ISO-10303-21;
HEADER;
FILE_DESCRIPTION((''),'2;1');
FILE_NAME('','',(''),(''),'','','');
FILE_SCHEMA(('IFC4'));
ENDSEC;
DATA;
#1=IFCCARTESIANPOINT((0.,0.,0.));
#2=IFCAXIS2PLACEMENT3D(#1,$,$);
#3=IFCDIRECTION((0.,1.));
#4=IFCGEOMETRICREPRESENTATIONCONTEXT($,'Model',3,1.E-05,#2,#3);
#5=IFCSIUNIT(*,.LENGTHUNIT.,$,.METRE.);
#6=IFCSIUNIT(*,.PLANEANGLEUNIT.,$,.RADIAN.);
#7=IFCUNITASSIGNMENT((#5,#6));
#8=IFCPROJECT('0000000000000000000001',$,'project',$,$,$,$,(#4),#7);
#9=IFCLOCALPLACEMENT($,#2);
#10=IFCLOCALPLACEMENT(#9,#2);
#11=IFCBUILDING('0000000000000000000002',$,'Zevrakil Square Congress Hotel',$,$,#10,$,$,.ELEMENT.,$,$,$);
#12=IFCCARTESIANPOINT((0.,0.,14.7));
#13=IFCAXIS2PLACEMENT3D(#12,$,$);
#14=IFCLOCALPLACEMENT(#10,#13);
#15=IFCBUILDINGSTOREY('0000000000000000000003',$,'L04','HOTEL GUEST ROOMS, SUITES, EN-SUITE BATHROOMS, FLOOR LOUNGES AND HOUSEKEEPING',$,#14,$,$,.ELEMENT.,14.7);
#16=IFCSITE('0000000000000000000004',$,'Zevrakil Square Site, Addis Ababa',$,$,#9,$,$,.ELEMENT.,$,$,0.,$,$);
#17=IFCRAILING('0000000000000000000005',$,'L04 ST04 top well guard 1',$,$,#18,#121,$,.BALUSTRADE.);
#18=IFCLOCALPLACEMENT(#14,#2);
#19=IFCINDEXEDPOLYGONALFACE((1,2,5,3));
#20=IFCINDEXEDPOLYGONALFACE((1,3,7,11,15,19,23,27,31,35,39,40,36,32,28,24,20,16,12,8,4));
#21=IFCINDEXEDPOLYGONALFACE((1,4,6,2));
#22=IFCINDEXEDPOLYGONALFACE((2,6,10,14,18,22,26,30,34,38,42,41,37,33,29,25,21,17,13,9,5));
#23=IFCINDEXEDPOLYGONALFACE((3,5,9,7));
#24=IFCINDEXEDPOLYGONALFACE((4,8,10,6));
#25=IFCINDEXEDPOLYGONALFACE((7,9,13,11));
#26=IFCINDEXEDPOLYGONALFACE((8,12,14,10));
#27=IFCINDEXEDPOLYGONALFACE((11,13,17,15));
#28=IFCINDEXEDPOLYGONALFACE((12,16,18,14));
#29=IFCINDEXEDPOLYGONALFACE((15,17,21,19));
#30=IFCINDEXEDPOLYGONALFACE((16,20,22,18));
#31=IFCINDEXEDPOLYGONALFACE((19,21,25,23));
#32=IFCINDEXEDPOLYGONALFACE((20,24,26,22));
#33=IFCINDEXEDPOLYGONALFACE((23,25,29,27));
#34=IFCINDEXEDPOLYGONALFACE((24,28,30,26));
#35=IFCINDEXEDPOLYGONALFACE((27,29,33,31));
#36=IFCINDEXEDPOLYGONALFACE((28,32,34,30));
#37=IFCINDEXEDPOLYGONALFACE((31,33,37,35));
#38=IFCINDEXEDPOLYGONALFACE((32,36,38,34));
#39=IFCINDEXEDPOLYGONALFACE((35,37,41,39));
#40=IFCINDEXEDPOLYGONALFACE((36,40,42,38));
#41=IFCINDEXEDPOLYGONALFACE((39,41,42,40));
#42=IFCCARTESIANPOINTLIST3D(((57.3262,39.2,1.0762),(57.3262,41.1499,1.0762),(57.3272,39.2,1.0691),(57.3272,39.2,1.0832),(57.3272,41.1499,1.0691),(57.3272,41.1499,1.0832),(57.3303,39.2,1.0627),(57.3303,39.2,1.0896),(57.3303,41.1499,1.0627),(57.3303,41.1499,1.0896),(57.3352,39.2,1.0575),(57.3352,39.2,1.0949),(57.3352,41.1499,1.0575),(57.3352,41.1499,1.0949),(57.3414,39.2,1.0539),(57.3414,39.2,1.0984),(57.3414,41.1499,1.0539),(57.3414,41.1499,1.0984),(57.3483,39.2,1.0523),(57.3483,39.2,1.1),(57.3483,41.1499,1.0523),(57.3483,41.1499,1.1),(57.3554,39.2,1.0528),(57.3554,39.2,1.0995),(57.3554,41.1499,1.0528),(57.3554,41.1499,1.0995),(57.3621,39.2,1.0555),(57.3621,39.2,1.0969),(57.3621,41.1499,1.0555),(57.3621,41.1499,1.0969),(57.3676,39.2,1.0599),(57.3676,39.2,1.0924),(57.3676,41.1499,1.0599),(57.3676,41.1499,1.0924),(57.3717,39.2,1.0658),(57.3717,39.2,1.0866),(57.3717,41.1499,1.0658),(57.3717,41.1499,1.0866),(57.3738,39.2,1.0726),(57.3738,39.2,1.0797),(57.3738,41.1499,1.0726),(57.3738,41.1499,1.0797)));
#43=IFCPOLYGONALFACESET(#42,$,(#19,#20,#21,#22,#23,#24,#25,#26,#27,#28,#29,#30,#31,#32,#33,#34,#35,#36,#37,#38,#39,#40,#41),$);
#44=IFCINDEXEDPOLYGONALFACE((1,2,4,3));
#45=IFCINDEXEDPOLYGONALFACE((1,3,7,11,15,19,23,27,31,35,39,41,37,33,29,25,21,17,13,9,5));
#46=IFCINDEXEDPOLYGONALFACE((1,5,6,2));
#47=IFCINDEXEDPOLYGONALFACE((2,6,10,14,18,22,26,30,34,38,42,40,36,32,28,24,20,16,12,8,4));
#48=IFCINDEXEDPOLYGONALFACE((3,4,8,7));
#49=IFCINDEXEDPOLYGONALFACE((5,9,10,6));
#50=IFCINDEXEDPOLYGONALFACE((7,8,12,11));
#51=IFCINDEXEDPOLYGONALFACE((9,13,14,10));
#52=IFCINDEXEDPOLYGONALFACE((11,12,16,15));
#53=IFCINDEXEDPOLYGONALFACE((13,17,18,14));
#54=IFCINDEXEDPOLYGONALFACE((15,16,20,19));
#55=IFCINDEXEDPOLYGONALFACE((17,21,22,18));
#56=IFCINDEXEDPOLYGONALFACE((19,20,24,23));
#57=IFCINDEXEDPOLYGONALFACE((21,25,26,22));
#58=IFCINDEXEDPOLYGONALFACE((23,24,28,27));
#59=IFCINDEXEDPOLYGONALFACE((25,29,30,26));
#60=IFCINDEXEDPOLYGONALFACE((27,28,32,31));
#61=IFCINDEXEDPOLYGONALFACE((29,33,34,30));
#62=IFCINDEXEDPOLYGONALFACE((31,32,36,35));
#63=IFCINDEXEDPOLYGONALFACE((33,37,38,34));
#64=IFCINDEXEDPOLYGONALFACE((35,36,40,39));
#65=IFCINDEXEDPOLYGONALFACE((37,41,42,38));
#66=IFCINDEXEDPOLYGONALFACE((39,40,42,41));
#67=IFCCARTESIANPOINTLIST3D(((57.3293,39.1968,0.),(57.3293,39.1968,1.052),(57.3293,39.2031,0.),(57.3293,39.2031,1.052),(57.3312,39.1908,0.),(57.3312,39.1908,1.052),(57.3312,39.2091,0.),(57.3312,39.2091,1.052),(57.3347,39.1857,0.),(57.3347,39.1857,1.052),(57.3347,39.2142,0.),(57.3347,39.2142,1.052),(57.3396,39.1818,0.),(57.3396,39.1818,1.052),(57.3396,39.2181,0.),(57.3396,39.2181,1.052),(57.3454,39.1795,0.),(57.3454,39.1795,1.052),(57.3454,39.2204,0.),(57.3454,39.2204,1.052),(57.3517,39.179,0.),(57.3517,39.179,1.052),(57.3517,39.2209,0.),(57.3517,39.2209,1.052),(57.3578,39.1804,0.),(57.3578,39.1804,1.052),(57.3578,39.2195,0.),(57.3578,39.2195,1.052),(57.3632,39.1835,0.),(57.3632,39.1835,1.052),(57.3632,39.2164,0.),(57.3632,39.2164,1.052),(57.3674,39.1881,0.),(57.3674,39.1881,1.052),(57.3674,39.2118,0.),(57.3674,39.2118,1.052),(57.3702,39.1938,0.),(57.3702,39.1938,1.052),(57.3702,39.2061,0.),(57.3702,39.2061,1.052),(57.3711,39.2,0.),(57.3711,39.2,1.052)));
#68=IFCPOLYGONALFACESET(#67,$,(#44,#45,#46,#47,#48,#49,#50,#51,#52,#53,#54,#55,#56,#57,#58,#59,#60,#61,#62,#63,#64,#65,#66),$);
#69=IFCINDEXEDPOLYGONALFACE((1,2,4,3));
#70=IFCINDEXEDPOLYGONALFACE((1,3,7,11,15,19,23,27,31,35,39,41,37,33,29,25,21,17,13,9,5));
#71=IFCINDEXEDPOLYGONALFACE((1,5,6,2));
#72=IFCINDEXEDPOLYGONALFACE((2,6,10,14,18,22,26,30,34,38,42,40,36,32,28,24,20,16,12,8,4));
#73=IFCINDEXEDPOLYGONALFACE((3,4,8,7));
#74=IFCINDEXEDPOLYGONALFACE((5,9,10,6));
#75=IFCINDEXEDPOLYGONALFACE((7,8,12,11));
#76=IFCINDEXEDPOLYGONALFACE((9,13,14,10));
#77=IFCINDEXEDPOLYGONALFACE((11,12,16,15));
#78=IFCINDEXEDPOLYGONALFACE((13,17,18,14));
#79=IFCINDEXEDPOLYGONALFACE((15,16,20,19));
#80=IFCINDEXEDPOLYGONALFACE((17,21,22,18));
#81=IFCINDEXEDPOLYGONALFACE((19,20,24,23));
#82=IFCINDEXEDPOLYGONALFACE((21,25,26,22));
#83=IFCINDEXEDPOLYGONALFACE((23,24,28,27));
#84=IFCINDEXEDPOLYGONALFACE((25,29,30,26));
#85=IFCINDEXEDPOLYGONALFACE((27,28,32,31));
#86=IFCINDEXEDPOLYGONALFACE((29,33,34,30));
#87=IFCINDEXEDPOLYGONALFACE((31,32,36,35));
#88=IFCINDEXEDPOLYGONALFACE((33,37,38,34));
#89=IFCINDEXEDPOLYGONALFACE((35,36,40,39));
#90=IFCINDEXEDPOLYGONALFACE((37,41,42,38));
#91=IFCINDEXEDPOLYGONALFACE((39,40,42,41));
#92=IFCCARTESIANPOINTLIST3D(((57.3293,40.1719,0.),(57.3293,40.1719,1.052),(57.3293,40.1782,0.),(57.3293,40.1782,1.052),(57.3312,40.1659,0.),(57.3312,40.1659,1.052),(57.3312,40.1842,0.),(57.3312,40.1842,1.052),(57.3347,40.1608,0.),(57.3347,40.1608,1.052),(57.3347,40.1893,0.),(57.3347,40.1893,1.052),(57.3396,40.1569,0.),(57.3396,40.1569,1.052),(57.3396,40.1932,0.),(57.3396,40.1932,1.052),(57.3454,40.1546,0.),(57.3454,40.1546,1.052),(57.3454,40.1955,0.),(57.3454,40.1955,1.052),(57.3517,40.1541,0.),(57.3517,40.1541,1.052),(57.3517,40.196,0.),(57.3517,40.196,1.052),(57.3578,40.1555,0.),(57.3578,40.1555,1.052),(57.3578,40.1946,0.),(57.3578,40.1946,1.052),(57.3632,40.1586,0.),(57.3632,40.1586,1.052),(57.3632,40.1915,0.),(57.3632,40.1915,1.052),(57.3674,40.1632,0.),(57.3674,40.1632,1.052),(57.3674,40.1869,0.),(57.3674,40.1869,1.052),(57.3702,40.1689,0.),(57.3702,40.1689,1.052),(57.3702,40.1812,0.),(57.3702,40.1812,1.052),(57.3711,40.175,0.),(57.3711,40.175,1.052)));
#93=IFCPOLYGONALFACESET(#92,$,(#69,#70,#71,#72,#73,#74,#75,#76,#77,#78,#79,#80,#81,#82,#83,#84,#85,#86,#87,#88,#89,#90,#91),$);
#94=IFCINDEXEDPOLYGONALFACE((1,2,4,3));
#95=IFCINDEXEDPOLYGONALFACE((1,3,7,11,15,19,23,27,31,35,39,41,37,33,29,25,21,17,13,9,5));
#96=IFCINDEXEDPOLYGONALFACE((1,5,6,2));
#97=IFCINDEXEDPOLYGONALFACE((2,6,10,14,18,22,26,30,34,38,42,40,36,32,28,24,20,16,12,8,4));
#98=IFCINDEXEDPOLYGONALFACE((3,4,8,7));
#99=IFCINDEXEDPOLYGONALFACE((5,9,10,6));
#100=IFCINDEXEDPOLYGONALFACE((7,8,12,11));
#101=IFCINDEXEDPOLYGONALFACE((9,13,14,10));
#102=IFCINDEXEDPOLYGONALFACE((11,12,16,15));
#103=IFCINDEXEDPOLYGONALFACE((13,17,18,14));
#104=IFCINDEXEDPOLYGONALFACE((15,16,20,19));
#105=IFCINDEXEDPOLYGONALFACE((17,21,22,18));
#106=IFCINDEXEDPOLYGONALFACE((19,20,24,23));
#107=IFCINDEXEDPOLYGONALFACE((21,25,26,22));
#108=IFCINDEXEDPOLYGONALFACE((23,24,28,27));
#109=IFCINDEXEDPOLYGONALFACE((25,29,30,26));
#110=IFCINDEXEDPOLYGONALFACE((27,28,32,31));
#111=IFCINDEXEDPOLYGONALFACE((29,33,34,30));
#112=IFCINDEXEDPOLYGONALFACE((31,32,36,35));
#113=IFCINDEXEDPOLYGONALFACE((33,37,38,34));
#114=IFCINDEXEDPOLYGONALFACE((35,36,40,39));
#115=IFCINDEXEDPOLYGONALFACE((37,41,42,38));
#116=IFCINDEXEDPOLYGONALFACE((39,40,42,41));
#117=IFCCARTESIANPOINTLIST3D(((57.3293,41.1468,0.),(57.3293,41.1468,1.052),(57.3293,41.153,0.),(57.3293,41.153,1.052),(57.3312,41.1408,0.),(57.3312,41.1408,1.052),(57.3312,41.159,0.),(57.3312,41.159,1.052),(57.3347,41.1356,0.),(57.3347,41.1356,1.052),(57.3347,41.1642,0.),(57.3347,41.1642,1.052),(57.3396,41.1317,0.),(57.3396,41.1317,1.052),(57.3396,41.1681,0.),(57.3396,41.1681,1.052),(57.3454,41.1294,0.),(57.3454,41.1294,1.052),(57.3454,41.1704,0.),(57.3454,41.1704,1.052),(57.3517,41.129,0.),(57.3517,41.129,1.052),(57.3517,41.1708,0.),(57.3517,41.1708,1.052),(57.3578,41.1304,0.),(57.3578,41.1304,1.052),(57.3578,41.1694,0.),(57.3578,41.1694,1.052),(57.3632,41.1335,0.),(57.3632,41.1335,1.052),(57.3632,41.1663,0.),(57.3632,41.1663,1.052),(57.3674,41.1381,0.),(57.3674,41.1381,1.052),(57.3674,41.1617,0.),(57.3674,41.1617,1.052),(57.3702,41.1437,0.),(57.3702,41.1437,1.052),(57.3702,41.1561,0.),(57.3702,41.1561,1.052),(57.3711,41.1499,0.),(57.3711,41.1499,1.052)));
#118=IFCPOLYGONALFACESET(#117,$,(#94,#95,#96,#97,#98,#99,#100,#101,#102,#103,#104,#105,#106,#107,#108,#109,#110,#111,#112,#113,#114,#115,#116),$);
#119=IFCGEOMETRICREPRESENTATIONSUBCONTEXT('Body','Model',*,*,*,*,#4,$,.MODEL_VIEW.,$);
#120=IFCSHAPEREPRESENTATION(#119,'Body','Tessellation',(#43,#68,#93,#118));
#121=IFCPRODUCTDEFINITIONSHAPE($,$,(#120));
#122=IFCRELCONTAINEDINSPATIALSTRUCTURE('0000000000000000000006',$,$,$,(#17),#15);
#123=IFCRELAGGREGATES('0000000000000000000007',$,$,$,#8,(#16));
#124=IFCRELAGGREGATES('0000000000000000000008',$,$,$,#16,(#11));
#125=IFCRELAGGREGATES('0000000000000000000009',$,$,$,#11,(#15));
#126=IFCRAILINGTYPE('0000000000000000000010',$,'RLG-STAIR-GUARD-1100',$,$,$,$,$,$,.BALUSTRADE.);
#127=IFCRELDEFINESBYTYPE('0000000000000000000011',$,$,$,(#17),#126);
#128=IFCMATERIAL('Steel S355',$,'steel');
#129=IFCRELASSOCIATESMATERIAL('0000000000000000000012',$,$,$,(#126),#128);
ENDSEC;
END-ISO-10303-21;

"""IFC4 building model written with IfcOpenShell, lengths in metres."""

from ifc_helpers import new_model, si_unit, direction, frame, origin, origin_2d, place, context, subcontext, project, spatial, circle, extrude, material, type_object, element, save


model = new_model("IFC4")

# Units and contexts
model_context = context("Model", 3, precision=1e-05, world=origin(), true_north=direction((0.0, 1.0)))
body_context = subcontext(model_context, "Body", "Model", "MODEL_VIEW")
ifc_project = project(units=[si_unit("LENGTHUNIT", "METRE"), si_unit("PLANEANGLEUNIT", "RADIAN")], contexts=[model_context])

# Site, building, storey
site_placement = place(None, origin())
site = spatial("IfcSite", under=ifc_project, at=site_placement, Name="Zevrakil Square Site, Addis Ababa", CompositionType="ELEMENT", RefElevation=0.0)
building_placement = place(site_placement, origin())
building = spatial("IfcBuilding", under=site, at=building_placement, Name="Zevrakil Square Congress Hotel", CompositionType="ELEMENT")
storey_placement = place(building_placement, frame((0.0, 0.0, 14.7)))
storey = spatial("IfcBuildingStorey", under=building, at=storey_placement, Name="L04", Description="HOTEL GUEST ROOMS, SUITES, EN-SUITE BATHROOMS, FLOOR LOUNGES AND HOUSEKEEPING", CompositionType="ELEMENT", Elevation=14.7)

# Railing
ifc_material_1 = material(Name="Steel S355", Category="steel")
railing_type_1 = type_object("IfcRailingType", Name="RLG-STAIR-GUARD-1100", PredefinedType="BALUSTRADE", material=ifc_material_1)
railing_1_placement = place(storey_placement, frame((57.3501, 39.2, 0.0)))
element("IfcRailing", 1, at=railing_1_placement, inside=storey, type_object=railing_type_1, Name="L04 ST04 top well guard 1", PredefinedType="BALUSTRADE", context=body_context, shape_type="SweptSolid", body=[
    extrude(circle(Radius=0.0239, at=origin_2d()), frame((0.0, 0.0, 1.0762), z_axis=(0.0, 1.0, 0.0), x_axis=(-1.0, 0.0, 0.0)), (0.0, 0.0, 1.0), 1.95),
    extrude(circle(Radius=0.021, at=origin_2d()), origin(), (0.0, 0.0, 1.0), 1.052),
    extrude(circle(Radius=0.021, at=origin_2d()), frame((0.0, 0.9751, 0.0)), (0.0, 0.0, 1.0), 1.052),
    extrude(circle(Radius=0.021, at=origin_2d()), frame((0.0, 1.95, 0.0)), (0.0, 0.0, 1.0), 1.052),
])

save(model, "model.ifc")
